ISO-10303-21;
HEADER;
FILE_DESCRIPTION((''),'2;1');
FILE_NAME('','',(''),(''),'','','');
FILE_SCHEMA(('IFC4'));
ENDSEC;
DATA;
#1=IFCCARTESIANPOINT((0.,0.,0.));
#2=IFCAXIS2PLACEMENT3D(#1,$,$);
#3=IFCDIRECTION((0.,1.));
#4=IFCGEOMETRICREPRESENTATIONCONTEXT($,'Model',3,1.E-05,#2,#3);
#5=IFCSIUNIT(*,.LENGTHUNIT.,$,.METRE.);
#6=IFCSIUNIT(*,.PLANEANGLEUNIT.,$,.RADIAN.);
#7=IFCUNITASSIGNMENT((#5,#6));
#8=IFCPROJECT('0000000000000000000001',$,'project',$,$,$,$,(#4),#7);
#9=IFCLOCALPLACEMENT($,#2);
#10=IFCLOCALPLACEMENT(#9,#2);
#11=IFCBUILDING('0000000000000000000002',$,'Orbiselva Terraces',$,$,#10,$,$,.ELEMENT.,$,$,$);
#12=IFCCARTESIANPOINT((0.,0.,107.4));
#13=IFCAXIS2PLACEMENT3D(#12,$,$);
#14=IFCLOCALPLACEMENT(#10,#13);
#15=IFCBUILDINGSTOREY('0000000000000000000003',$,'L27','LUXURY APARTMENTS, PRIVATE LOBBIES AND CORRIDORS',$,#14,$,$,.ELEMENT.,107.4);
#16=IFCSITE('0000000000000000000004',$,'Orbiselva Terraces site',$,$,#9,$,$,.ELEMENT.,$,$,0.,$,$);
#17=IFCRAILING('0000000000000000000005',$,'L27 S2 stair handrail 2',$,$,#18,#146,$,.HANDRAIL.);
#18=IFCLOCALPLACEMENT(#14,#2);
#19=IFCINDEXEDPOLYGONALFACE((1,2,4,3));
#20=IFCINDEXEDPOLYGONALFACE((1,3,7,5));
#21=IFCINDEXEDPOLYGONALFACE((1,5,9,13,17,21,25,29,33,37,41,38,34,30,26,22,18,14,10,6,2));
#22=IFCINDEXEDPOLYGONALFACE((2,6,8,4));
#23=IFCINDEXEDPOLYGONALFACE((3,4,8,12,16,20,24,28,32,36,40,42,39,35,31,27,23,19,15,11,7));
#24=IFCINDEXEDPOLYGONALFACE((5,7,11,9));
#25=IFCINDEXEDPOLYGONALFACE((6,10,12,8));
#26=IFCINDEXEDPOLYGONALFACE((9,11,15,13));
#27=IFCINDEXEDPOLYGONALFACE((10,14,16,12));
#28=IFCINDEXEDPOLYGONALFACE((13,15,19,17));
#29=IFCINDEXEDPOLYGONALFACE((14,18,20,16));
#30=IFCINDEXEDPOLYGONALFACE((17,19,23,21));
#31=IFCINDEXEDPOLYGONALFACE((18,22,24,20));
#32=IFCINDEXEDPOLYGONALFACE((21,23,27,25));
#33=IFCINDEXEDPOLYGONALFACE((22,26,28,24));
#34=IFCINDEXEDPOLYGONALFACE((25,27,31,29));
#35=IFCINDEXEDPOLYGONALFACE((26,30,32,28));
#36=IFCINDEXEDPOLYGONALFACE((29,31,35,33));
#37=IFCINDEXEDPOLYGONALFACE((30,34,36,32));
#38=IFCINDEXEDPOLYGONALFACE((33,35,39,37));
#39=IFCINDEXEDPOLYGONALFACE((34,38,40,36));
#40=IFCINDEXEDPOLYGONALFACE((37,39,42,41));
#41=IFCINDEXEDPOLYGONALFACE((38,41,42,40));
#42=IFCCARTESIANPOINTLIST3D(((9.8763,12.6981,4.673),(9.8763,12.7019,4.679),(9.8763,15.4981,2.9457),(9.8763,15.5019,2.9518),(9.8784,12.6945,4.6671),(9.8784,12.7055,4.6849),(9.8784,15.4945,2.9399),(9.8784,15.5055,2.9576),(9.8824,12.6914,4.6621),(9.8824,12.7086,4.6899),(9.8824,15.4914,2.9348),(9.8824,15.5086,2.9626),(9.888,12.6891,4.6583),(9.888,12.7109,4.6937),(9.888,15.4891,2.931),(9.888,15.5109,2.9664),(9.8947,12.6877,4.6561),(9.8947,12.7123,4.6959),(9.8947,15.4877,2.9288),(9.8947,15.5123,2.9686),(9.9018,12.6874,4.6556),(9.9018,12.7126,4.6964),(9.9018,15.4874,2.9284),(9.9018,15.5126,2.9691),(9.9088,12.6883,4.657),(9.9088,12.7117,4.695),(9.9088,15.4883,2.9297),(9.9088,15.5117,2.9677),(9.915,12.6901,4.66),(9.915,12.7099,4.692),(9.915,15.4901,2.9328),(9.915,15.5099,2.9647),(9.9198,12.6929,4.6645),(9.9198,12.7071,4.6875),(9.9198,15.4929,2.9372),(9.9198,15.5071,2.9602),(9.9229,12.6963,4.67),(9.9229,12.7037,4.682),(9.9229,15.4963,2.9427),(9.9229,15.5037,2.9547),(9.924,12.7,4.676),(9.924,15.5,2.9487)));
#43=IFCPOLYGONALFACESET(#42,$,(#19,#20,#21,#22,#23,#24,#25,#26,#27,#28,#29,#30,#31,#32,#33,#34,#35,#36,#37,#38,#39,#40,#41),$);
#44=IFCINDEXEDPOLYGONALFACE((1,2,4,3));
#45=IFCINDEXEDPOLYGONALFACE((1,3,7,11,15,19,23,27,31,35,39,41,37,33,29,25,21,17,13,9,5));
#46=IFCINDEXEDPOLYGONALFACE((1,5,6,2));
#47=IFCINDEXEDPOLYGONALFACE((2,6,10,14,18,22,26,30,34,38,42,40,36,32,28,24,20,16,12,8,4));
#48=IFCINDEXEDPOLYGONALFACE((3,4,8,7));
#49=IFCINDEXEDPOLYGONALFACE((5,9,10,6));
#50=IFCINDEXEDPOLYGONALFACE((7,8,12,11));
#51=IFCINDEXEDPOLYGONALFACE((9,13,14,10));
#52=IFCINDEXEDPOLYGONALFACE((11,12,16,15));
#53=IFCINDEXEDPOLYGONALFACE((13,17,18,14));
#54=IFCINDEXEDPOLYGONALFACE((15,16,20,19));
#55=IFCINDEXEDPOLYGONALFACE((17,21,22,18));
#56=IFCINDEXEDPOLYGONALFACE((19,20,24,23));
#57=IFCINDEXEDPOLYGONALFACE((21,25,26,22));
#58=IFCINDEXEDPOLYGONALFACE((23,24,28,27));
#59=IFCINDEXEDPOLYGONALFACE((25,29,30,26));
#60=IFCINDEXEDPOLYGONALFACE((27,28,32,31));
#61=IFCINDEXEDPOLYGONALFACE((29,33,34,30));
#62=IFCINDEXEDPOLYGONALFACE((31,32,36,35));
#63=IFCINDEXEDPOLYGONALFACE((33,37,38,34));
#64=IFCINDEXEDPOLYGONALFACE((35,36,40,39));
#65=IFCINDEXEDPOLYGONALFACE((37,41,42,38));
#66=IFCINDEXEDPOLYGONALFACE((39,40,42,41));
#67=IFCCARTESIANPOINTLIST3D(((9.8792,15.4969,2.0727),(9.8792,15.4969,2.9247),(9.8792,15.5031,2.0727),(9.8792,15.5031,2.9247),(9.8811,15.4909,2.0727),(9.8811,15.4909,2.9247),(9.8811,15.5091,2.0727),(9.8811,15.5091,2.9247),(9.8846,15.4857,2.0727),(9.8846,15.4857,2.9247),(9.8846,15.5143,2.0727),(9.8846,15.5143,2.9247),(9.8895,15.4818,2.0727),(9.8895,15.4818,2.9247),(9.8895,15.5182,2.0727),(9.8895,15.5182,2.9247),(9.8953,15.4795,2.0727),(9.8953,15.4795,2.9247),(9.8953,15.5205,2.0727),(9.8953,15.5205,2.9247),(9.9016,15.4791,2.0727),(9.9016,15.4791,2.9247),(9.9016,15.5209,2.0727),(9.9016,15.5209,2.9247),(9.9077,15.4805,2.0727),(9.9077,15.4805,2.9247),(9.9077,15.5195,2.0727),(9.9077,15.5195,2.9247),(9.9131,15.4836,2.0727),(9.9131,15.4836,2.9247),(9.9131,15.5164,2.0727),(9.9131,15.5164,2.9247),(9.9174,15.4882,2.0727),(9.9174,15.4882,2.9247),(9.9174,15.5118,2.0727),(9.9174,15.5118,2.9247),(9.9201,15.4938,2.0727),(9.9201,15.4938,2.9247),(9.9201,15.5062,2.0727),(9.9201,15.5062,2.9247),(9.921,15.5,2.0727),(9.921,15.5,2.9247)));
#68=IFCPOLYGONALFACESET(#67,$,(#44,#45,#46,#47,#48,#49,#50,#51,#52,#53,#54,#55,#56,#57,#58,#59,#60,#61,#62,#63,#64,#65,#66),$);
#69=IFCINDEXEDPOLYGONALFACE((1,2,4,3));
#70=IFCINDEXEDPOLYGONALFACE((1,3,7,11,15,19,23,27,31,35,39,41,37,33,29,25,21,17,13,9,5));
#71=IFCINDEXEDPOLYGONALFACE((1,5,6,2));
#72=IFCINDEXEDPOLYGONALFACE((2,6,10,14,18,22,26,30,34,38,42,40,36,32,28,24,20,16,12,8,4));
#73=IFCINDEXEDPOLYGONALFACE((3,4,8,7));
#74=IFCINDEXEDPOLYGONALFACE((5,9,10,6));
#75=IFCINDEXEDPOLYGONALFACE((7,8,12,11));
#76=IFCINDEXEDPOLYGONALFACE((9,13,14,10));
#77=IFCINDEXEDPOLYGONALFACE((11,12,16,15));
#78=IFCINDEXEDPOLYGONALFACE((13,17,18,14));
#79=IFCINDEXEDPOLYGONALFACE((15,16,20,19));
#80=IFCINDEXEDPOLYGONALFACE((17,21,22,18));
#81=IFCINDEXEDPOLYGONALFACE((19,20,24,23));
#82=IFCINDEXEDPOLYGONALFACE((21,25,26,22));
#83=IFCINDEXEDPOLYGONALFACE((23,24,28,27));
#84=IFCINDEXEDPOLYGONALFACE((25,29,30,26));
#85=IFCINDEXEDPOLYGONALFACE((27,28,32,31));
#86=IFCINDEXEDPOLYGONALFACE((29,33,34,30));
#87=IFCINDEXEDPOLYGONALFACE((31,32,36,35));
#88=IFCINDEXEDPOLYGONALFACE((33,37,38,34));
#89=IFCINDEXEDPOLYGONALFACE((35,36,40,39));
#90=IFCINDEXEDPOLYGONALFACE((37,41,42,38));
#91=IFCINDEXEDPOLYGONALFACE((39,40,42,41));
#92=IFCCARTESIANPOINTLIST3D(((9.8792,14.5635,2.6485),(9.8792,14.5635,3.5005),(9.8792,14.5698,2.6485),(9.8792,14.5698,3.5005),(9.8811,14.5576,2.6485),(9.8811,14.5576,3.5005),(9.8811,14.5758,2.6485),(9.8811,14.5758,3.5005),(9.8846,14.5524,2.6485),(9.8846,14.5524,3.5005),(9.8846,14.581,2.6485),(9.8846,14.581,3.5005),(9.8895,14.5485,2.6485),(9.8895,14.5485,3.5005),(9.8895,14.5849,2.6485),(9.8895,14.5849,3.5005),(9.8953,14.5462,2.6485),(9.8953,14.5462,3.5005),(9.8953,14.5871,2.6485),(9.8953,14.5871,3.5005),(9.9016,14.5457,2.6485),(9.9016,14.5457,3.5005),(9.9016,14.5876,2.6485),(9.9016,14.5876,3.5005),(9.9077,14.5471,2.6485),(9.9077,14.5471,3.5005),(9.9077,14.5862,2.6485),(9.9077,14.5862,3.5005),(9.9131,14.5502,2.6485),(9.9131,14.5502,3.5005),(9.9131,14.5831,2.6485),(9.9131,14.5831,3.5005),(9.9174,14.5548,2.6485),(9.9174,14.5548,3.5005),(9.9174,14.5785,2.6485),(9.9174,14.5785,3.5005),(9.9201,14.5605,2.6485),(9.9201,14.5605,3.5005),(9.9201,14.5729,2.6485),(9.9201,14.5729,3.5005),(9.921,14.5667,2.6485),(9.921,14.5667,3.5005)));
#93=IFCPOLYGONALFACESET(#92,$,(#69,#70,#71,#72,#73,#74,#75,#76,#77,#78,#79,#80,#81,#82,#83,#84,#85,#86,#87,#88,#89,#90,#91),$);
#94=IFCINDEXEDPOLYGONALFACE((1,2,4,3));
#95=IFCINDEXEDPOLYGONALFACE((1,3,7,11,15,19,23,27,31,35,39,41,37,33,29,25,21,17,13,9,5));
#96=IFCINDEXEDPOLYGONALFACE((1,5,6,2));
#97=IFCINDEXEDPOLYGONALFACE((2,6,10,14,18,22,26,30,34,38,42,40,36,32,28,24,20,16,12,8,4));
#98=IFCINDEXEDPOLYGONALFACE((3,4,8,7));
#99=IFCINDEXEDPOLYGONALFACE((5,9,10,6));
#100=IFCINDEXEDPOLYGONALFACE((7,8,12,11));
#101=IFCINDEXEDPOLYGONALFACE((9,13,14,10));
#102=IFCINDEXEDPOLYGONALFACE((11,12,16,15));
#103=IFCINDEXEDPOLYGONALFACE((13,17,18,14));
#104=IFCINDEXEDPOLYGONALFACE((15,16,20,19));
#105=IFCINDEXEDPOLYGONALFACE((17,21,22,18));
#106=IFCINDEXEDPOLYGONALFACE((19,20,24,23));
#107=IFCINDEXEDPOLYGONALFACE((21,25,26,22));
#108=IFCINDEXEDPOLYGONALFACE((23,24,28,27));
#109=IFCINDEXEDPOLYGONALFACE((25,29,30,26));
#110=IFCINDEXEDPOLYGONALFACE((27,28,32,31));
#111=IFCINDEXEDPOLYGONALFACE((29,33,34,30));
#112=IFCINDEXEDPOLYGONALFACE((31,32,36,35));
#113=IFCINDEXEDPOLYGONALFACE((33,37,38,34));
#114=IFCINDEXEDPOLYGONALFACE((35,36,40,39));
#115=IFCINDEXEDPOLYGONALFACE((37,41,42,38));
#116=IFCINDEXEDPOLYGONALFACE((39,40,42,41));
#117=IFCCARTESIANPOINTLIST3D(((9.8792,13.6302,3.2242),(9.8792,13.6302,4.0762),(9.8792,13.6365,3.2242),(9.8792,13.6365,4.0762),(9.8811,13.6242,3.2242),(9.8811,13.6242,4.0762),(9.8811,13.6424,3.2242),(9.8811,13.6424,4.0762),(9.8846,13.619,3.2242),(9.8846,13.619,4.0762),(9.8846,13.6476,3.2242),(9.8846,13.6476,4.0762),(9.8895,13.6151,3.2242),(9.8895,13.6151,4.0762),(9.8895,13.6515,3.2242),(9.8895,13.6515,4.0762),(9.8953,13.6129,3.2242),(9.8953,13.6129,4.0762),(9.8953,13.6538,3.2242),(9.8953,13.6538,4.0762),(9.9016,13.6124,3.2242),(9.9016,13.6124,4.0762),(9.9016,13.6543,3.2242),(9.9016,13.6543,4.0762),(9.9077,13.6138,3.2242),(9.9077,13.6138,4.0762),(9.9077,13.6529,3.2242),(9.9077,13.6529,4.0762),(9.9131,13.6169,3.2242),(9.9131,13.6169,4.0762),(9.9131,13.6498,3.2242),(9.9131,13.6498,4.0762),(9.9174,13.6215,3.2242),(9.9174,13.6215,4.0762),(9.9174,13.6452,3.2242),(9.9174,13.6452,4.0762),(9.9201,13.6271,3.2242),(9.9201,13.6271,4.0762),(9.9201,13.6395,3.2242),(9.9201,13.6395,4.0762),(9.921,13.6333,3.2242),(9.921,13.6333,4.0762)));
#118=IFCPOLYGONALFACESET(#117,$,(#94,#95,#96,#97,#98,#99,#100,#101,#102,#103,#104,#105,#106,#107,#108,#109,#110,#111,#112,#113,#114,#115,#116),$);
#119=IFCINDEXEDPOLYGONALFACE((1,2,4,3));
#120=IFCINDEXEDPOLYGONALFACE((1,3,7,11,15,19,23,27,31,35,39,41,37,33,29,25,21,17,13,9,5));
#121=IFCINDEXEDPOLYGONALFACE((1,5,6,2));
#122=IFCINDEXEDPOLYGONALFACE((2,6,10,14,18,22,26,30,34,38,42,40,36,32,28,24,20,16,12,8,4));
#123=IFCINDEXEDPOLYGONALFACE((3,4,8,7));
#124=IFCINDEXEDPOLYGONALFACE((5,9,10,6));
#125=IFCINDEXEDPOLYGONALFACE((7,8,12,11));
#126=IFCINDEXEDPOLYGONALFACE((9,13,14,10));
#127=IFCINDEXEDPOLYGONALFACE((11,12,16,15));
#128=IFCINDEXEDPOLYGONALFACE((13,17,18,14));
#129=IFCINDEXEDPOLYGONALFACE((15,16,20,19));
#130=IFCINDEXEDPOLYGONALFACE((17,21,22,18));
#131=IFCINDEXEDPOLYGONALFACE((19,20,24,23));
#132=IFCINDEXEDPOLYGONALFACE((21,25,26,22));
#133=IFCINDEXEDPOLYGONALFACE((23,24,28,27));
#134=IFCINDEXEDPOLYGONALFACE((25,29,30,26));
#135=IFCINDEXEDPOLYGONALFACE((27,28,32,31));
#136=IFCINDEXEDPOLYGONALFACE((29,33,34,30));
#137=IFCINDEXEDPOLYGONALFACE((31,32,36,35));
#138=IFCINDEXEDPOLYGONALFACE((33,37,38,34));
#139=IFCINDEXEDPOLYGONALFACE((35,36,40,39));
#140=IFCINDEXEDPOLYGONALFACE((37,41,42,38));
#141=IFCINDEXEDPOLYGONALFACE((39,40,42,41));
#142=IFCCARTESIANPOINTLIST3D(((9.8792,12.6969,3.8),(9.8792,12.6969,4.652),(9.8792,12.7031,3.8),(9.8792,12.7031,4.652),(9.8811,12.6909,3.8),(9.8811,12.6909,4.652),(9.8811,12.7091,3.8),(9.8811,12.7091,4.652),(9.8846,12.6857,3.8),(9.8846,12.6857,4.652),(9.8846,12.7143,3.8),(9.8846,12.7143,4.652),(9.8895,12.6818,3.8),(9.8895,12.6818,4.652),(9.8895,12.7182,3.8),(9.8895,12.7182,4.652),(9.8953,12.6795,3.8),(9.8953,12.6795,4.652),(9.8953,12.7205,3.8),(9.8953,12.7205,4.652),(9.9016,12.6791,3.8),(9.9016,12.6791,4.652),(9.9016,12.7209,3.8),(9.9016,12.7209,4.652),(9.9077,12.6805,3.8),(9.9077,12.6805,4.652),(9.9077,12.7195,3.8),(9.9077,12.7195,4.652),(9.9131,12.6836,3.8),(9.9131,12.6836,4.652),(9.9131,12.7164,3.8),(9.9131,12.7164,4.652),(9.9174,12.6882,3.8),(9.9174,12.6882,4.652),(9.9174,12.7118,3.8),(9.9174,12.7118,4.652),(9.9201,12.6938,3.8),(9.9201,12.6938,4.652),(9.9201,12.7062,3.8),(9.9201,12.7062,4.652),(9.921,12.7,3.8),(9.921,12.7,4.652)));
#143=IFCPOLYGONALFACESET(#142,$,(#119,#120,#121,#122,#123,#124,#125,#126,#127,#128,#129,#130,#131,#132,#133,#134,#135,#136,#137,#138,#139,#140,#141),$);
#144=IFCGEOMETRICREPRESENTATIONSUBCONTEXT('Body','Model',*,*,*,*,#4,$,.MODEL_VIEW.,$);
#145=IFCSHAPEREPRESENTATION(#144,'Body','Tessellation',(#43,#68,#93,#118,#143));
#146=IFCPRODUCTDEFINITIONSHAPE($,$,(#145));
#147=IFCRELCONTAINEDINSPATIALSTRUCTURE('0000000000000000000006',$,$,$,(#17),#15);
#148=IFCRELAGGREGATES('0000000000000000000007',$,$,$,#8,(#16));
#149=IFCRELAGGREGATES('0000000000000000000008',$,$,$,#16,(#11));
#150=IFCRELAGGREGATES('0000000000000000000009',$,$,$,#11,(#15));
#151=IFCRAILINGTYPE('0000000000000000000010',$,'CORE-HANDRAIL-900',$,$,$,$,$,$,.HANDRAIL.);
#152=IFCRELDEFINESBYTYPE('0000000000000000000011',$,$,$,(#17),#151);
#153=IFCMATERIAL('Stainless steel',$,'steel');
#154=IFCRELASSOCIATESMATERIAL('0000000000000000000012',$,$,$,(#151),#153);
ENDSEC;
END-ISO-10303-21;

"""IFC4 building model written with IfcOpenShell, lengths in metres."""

from ifc_helpers import new_model, si_unit, direction, frame, origin, origin_2d, place, context, subcontext, project, spatial, circle, extrude, material, type_object, element, save


model = new_model("IFC4")

# Units and contexts
model_context = context("Model", 3, precision=1e-05, world=origin(), true_north=direction((0.0, 1.0)))
body_context = subcontext(model_context, "Body", "Model", "MODEL_VIEW")
ifc_project = project(units=[si_unit("LENGTHUNIT", "METRE"), si_unit("PLANEANGLEUNIT", "RADIAN")], contexts=[model_context])

# Site, building, storey
site_placement = place(None, origin())
site = spatial("IfcSite", under=ifc_project, at=site_placement, Name="Orbiselva Terraces site", CompositionType="ELEMENT", RefElevation=0.0)
building_placement = place(site_placement, origin())
building = spatial("IfcBuilding", under=site, at=building_placement, Name="Orbiselva Terraces", CompositionType="ELEMENT")
storey_placement = place(building_placement, frame((0.0, 0.0, 107.4)))
storey = spatial("IfcBuildingStorey", under=building, at=storey_placement, Name="L27", Description="LUXURY APARTMENTS, PRIVATE LOBBIES AND CORRIDORS", CompositionType="ELEMENT", Elevation=107.4)

# Railing
ifc_material_1 = material(Name="Stainless steel", Category="steel")
railing_type = type_object("IfcRailingType", Name="CORE-HANDRAIL-900", PredefinedType="HANDRAIL", material=ifc_material_1)
railing_placement = place(storey_placement, frame((9.9, 15.5, 2.0727)))
element("IfcRailing", 1, at=railing_placement, inside=storey, type_object=railing_type, Name="L27 S2 stair handrail 2", PredefinedType="HANDRAIL", context=body_context, shape_type="SweptSolid", body=[
    extrude(circle(Radius=0.024, at=origin_2d()), frame((0.0, 0.0, 0.876), z_axis=(0.0, -0.851089, 0.525022), x_axis=(1.0, 0.0, 0.0)), (0.0, 0.0, 1.0), 3.2899),
    extrude(circle(Radius=0.021, at=origin_2d()), origin(), (0.0, 0.0, 1.0), 0.852),
    extrude(circle(Radius=0.021, at=origin_2d()), frame((0.0, -0.9333, 0.5758)), (0.0, 0.0, 1.0), 0.852),
    extrude(circle(Radius=0.021, at=origin_2d()), frame((0.0, -1.8667, 1.1515)), (0.0, 0.0, 1.0), 0.852),
    extrude(circle(Radius=0.021, at=origin_2d()), frame((0.0, -2.8, 1.7273)), (0.0, 0.0, 1.0), 0.852),
])

save(model, "model.ifc")
